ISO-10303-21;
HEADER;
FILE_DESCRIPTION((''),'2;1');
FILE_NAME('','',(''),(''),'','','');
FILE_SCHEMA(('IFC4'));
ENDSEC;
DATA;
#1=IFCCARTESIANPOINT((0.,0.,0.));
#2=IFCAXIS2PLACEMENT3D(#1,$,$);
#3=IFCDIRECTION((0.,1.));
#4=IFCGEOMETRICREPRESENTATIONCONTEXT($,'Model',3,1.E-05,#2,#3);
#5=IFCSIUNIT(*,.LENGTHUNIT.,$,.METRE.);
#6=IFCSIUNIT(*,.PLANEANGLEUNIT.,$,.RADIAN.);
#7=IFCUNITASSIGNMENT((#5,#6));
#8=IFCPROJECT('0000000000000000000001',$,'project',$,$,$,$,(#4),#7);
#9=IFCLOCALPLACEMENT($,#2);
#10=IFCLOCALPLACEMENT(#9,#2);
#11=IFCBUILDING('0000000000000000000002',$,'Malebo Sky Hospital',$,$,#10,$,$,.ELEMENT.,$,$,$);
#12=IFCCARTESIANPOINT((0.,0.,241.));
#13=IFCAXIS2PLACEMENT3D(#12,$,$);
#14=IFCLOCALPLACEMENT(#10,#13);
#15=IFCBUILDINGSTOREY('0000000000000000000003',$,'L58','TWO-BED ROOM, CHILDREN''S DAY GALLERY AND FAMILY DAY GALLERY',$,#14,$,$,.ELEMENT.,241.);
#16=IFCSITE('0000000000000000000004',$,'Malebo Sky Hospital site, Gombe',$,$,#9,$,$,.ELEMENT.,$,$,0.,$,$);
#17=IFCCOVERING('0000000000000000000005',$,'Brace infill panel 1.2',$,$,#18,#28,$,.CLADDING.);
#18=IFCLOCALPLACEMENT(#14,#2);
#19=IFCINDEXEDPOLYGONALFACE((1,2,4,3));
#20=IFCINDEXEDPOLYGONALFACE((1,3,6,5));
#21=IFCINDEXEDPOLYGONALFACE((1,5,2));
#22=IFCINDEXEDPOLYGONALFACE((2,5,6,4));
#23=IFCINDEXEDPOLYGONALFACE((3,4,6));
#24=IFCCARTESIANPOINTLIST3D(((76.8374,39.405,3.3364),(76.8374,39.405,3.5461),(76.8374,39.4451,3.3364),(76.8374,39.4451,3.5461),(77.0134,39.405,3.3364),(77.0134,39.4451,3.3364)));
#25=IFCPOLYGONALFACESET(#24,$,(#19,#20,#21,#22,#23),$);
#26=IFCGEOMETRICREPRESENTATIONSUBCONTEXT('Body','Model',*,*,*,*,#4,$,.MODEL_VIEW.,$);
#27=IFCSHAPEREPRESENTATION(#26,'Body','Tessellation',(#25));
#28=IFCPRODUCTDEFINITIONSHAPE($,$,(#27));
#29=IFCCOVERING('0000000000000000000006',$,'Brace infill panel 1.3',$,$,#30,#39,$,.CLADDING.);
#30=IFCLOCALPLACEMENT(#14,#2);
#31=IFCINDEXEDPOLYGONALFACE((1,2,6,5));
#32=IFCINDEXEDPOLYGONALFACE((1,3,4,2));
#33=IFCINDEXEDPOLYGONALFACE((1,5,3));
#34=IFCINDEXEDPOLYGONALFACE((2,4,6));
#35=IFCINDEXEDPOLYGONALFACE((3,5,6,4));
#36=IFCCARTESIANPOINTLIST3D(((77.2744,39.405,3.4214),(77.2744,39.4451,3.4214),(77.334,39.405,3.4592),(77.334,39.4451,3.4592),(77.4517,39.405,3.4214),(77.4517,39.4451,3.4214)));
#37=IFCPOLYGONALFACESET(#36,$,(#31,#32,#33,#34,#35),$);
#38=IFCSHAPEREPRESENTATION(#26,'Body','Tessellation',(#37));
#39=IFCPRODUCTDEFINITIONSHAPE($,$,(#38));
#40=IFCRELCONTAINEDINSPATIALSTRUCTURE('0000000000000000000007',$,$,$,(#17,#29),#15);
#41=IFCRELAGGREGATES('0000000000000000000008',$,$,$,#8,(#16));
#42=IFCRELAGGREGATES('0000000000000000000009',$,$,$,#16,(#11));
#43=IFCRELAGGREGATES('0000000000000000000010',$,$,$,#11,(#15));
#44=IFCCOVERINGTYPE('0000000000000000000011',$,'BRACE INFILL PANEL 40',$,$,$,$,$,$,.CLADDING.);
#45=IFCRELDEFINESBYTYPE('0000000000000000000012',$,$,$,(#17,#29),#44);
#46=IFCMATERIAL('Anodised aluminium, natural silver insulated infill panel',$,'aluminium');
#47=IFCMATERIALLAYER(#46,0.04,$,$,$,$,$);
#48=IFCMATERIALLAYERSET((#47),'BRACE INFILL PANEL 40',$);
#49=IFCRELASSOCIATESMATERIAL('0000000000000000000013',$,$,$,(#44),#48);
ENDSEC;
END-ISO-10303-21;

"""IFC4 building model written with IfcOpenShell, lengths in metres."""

from ifc_helpers import new_model, si_unit, direction, frame, origin, place, context, subcontext, project, spatial, polyline, outline, extrude, material, layer, layer_set, type_object, element, save


model = new_model("IFC4")

# Units and contexts
model_context = context("Model", 3, precision=1e-05, world=origin(), true_north=direction((0.0, 1.0)))
body_context = subcontext(model_context, "Body", "Model", "MODEL_VIEW")
ifc_project = project(units=[si_unit("LENGTHUNIT", "METRE"), si_unit("PLANEANGLEUNIT", "RADIAN")], contexts=[model_context])

# Site, building, storey
site_placement = place(None, origin())
site = spatial("IfcSite", under=ifc_project, at=site_placement, Name="Malebo Sky Hospital site, Gombe", CompositionType="ELEMENT", RefElevation=0.0)
building_placement = place(site_placement, origin())
building = spatial("IfcBuilding", under=site, at=building_placement, Name="Malebo Sky Hospital", CompositionType="ELEMENT")
storey_placement = place(building_placement, frame((0.0, 0.0, 241.0)))
storey = spatial("IfcBuildingStorey", under=building, at=storey_placement, Name="L58", Description="TWO-BED ROOM, CHILDREN'S DAY GALLERY AND FAMILY DAY GALLERY", CompositionType="ELEMENT", Elevation=241.0)

# Coverings
ifc_material_1 = material(Name="Anodised aluminium, natural silver insulated infill panel", Category="aluminium")
ifc_layer_1 = layer(ifc_material_1, 0.04)
ifc_layer_set_1 = layer_set([ifc_layer_1], Name="BRACE INFILL PANEL 40")
covering_type = type_object("IfcCoveringType", Name="BRACE INFILL PANEL 40", PredefinedType="CLADDING", material=ifc_layer_set_1)
covering_1_placement = place(storey_placement, frame((76.9255, 39.425, 3.3364), z_axis=(0.0, 0.0, 1.0), x_axis=(-1.0, 0.0, 0.0)))
element("IfcCovering", 1, at=covering_1_placement, inside=storey, type_object=covering_type, Name="Brace infill panel 1.2", PredefinedType="CLADDING", context=body_context, shape_type="SweptSolid", body=[
    extrude(outline(polyline([(-0.0879, 0.0), (0.0881, 0.0), (0.0881, 0.2097), (-0.0879, 0.0)])), frame((0.0, 0.02, 0.0), z_axis=(0.0, -1.0, 0.0), x_axis=(1.0, 0.0, 0.0)), (0.0, 0.0, 1.0), 0.04),
])
covering_2_placement = place(storey_placement, frame((77.363, 39.425, 3.4214), z_axis=(0.0, 0.0, 1.0), x_axis=(-1.0, 0.0, 0.0)))
element("IfcCovering", 2, at=covering_2_placement, inside=storey, type_object=covering_type, Name="Brace infill panel 1.3", PredefinedType="CLADDING", context=body_context, shape_type="SweptSolid", body=[
    extrude(outline(polyline([(-0.0886, 0.0), (0.0886, 0.0), (0.0291, 0.0378), (-0.0886, 0.0)])), frame((0.0, 0.02, 0.0), z_axis=(0.0, -1.0, 0.0), x_axis=(1.0, 0.0, 0.0)), (0.0, 0.0, 1.0), 0.04),
])

save(model, "model.ifc")
